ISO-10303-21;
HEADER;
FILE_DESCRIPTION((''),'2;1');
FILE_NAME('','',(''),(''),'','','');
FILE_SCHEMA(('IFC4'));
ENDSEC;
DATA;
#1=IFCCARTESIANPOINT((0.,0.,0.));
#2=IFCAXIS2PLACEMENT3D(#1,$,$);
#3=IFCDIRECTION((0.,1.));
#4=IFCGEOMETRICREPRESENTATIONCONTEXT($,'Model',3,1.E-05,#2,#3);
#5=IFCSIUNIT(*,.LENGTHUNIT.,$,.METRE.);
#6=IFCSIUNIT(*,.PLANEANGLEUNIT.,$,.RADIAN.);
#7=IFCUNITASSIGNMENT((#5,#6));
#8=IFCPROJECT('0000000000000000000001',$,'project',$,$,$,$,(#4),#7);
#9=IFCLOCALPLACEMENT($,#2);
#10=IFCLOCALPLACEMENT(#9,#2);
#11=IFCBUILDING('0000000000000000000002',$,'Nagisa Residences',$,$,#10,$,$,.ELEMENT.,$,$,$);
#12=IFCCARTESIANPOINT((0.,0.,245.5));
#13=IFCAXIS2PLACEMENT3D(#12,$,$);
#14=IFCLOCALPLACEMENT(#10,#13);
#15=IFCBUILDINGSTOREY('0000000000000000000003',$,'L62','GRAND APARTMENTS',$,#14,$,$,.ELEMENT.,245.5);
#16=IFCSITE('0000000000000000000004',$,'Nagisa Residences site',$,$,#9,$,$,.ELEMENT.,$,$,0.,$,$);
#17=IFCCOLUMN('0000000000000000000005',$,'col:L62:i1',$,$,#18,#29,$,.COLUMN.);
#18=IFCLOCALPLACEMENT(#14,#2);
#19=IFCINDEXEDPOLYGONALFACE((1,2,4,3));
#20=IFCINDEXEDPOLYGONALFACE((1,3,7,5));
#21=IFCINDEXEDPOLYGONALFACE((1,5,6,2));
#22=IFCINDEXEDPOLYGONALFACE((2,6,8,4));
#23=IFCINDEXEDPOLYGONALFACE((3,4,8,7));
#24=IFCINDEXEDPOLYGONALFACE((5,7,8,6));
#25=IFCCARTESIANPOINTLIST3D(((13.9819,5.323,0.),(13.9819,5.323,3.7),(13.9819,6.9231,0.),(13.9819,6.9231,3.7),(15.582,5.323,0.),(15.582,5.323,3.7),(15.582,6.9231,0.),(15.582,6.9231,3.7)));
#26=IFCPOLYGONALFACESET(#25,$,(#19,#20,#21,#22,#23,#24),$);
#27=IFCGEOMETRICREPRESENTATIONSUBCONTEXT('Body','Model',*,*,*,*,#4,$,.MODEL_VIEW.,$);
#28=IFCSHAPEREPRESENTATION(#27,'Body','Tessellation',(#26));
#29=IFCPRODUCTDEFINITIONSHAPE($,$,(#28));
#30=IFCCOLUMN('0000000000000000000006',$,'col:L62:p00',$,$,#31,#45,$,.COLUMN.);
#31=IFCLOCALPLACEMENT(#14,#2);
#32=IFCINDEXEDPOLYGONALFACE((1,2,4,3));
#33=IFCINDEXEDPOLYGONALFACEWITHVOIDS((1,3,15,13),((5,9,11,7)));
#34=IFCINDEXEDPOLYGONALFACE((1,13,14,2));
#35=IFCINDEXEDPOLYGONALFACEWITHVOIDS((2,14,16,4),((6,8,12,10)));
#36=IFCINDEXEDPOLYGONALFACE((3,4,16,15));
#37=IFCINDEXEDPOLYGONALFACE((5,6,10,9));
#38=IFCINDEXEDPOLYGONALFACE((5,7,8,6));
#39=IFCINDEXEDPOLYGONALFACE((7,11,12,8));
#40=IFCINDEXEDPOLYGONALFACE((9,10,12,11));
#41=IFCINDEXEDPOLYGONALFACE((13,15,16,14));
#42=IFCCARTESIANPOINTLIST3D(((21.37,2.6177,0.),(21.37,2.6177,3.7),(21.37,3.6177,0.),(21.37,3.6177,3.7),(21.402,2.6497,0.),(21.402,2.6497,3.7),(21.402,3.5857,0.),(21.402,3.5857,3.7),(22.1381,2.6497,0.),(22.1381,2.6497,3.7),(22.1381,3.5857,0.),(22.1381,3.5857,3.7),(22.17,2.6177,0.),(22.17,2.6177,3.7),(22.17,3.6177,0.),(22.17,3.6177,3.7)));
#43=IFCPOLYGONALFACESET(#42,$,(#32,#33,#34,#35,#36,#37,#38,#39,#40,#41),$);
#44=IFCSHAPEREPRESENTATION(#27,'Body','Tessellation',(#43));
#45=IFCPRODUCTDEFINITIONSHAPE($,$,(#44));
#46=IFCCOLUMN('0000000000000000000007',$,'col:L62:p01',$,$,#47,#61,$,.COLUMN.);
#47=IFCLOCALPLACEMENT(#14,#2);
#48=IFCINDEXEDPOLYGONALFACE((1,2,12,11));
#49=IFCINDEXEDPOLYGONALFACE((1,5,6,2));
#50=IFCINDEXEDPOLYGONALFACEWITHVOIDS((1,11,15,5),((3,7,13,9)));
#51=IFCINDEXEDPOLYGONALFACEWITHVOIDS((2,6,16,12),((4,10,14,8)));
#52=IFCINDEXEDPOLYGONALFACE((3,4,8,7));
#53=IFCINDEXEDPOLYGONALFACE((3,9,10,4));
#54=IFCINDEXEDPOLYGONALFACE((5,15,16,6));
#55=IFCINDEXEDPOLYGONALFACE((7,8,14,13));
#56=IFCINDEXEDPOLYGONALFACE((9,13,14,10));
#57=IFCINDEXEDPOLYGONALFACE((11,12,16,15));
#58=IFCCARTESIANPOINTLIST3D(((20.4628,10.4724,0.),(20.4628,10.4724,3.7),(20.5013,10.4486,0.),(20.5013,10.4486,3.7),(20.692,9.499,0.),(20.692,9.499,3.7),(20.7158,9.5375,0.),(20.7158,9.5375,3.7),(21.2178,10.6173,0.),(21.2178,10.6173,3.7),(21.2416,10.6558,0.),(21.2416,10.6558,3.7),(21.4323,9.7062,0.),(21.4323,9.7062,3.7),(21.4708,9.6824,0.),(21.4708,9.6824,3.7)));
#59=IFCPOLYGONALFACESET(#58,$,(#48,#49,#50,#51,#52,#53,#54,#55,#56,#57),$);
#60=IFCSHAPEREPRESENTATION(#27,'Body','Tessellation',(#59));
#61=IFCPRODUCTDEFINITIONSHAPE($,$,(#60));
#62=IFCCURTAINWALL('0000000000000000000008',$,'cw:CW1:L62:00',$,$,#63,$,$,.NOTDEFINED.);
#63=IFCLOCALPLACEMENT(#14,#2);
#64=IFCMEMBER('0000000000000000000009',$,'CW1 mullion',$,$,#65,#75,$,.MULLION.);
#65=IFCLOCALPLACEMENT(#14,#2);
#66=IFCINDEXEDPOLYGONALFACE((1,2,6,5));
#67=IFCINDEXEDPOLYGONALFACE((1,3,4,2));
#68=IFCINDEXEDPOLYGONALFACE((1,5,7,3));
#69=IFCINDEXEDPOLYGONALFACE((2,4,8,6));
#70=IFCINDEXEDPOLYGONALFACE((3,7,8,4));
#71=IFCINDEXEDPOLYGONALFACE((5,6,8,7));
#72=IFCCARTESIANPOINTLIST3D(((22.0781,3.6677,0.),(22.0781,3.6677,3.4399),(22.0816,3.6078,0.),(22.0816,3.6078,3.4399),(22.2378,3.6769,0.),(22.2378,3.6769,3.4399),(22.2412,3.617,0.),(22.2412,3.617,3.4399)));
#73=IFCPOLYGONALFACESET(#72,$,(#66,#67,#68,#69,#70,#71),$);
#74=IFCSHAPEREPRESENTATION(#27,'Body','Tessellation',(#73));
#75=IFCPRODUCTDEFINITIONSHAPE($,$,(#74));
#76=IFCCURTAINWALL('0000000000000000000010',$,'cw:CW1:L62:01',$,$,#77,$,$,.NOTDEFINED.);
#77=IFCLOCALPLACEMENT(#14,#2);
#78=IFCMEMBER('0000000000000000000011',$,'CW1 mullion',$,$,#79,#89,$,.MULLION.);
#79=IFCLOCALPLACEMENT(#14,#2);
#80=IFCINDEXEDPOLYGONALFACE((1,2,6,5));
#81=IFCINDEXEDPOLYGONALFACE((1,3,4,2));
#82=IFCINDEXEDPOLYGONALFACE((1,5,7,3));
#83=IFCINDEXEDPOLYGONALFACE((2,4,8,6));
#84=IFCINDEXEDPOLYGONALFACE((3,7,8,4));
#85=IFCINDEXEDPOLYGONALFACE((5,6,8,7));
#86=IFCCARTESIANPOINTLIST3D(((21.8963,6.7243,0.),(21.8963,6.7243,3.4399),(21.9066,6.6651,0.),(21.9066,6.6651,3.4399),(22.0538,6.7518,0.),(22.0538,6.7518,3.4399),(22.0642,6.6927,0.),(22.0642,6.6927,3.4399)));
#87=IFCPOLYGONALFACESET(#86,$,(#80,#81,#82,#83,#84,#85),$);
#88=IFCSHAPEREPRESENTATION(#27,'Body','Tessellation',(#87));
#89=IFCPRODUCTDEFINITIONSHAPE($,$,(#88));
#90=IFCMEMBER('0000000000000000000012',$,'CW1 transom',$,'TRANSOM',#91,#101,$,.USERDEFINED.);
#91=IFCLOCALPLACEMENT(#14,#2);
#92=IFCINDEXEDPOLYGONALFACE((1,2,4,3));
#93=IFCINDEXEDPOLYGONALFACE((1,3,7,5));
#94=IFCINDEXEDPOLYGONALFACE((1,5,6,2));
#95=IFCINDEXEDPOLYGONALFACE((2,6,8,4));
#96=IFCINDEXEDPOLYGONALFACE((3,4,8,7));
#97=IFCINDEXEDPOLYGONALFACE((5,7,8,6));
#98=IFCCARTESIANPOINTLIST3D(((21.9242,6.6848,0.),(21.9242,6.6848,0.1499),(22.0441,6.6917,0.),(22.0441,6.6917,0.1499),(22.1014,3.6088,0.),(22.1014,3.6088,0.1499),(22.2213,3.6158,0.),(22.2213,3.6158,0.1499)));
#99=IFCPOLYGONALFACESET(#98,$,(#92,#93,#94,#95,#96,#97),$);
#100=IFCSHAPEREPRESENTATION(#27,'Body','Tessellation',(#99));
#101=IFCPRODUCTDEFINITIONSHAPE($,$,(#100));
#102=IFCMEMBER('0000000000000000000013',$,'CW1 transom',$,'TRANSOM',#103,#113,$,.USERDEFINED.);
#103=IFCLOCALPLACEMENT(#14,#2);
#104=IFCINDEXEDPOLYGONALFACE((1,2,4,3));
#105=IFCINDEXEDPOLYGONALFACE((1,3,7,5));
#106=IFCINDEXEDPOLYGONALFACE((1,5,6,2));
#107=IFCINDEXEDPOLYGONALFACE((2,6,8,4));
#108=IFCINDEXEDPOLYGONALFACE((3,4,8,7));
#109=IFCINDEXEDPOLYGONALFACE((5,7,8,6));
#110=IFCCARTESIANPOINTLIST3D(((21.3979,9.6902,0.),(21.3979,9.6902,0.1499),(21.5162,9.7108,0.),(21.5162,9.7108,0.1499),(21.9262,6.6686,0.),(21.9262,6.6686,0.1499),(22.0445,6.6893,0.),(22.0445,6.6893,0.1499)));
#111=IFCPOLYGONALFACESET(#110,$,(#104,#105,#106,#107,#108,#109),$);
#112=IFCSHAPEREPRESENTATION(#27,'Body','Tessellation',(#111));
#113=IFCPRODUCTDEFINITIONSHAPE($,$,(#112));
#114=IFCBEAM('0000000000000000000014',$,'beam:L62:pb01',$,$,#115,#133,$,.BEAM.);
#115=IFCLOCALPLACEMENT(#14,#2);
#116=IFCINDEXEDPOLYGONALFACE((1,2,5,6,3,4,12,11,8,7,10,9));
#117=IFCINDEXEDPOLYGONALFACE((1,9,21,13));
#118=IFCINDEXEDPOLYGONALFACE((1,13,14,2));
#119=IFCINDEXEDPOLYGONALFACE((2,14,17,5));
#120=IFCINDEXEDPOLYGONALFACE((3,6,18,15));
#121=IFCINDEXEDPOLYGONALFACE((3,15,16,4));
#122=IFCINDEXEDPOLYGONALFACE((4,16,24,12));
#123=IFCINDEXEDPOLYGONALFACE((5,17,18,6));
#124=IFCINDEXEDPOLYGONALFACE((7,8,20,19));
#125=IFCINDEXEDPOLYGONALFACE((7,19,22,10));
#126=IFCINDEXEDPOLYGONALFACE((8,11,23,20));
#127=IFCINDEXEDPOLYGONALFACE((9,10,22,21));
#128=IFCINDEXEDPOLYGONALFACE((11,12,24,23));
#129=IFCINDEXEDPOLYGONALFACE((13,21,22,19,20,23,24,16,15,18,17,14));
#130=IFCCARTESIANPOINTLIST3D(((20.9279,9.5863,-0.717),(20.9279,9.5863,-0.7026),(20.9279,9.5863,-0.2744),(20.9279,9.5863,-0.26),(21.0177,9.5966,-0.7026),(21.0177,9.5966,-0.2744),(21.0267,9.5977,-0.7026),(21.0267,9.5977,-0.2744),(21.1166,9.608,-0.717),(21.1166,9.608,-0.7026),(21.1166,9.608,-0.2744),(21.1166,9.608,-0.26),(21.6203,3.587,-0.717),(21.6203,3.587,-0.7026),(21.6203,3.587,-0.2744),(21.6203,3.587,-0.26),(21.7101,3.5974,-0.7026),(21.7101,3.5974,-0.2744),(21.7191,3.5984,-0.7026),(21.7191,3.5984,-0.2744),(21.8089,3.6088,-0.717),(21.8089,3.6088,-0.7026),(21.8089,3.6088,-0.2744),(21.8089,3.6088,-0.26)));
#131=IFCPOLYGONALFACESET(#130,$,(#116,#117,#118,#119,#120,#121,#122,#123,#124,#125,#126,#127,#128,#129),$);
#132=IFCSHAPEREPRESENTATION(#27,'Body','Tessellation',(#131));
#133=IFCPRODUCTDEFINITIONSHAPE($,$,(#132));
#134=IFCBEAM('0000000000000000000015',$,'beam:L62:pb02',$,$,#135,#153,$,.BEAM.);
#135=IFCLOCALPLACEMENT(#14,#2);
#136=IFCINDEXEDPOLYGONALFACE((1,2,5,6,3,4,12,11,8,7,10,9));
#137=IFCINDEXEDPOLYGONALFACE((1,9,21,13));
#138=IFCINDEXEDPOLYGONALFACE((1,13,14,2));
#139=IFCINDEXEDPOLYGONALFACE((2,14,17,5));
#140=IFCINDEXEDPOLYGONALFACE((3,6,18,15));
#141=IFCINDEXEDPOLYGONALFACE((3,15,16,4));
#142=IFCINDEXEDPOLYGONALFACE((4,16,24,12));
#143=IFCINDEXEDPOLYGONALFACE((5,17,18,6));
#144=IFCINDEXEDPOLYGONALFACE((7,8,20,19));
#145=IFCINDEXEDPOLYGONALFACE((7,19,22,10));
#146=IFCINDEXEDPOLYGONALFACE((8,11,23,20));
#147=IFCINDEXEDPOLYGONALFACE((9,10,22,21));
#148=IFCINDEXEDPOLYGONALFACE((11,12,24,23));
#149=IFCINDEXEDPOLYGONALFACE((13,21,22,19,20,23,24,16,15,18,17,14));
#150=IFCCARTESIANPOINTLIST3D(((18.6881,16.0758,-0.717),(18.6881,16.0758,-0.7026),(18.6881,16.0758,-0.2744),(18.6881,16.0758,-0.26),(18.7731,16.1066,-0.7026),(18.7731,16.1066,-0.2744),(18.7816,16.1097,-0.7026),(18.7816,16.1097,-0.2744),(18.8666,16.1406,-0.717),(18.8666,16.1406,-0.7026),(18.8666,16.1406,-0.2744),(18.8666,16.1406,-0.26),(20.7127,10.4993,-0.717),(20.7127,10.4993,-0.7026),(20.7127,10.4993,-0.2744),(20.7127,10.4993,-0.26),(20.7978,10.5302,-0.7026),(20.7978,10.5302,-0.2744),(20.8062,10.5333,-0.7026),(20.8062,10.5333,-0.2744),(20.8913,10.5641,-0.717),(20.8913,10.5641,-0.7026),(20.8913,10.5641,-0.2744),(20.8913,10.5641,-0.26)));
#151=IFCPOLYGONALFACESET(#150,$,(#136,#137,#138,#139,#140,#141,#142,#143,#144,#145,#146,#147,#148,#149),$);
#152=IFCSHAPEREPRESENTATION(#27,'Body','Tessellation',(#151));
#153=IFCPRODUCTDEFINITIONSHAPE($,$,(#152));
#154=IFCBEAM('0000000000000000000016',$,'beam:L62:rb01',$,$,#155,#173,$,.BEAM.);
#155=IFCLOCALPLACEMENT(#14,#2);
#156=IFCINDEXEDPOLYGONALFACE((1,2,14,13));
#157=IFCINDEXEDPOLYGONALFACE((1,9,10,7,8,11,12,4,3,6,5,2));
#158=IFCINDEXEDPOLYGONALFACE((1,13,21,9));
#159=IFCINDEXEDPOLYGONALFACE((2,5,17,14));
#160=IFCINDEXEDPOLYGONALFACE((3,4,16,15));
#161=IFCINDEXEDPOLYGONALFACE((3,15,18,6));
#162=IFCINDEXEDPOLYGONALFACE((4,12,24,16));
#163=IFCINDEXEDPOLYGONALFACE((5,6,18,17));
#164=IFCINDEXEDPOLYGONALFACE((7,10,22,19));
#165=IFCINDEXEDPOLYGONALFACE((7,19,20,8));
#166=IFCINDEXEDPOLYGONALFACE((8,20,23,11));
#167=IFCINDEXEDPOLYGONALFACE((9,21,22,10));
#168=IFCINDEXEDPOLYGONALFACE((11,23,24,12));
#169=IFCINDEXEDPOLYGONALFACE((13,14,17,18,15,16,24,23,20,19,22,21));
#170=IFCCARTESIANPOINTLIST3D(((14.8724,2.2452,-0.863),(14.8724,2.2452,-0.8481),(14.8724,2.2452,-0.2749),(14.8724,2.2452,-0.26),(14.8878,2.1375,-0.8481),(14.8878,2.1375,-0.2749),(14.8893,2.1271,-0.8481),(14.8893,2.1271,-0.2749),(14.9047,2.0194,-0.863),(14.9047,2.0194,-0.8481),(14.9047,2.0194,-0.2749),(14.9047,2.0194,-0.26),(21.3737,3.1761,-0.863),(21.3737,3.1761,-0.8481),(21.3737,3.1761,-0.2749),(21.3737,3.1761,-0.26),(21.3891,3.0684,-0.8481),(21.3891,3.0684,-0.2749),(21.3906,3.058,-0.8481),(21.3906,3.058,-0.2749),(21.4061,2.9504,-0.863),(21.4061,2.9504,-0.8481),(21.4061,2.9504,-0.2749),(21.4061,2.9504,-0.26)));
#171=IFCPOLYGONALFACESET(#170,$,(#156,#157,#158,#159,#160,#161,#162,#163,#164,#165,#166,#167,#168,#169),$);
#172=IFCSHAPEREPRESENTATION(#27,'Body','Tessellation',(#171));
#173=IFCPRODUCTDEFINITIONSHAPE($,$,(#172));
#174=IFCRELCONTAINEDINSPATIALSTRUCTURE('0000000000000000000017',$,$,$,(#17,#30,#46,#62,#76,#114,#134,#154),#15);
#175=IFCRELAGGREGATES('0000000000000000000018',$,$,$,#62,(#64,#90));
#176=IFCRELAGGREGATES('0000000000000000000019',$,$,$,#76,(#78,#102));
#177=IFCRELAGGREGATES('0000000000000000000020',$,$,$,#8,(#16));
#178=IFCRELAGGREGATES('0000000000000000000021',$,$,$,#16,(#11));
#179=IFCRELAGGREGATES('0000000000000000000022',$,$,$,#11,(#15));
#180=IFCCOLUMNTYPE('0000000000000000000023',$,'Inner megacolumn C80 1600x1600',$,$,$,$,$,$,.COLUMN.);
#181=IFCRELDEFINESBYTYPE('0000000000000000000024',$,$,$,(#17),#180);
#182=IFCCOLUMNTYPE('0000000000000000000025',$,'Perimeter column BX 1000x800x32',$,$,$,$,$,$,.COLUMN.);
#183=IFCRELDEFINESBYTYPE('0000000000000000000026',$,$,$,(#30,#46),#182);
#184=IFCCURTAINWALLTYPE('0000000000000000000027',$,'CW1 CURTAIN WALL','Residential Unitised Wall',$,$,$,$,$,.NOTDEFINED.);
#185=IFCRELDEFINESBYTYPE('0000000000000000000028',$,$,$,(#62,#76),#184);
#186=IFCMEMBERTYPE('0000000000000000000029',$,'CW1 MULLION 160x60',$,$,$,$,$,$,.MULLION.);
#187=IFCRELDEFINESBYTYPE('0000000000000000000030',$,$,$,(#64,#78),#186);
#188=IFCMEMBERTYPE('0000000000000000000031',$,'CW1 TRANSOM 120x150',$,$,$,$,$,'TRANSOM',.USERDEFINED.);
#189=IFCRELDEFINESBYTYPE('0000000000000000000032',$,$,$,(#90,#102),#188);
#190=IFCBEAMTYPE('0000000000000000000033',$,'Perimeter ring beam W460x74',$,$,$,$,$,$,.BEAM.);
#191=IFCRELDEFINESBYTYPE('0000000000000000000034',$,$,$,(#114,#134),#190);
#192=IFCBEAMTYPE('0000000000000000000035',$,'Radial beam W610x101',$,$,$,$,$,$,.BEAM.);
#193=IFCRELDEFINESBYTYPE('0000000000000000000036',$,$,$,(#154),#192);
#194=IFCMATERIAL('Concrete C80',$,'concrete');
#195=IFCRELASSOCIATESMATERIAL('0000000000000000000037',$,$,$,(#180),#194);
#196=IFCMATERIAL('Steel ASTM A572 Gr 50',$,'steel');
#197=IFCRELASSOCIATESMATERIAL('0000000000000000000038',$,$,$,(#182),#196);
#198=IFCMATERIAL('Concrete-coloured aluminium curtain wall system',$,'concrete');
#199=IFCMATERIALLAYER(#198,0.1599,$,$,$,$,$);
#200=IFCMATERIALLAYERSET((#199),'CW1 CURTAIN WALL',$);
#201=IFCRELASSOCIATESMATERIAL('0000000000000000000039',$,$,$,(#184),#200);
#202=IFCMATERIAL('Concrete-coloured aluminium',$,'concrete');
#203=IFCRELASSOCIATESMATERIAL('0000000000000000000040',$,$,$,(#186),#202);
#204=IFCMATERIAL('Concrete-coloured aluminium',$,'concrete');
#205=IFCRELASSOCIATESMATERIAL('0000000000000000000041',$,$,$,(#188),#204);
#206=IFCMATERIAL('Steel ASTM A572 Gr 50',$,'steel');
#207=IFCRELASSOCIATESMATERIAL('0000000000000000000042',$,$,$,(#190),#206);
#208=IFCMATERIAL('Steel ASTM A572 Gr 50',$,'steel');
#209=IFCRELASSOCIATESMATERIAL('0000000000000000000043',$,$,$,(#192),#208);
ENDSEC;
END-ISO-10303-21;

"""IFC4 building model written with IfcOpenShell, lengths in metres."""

from ifc_helpers import new_model, si_unit, direction, frame, origin, origin_2d, place, context, subcontext, project, spatial, rectangle, hollow_rectangle, i_section, extrude, material, layer, layer_set, material_profile, profile_set, type_object, element, aggregate, save


model = new_model("IFC4")

# Units and contexts
model_context = context("Model", 3, precision=1e-05, world=origin(), true_north=direction((0.0, 1.0)))
body_context = subcontext(model_context, "Body", "Model", "MODEL_VIEW")
ifc_project = project(units=[si_unit("LENGTHUNIT", "METRE"), si_unit("PLANEANGLEUNIT", "RADIAN")], contexts=[model_context])

# Site, building, storey
site_placement = place(None, origin())
site = spatial("IfcSite", under=ifc_project, at=site_placement, Name="Nagisa Residences site", CompositionType="ELEMENT", RefElevation=0.0)
building_placement = place(site_placement, origin())
building = spatial("IfcBuilding", under=site, at=building_placement, Name="Nagisa Residences", CompositionType="ELEMENT")
storey_placement = place(building_placement, frame((0.0, 0.0, 245.5)))
storey = spatial("IfcBuildingStorey", under=building, at=storey_placement, Name="L62", Description="GRAND APARTMENTS", CompositionType="ELEMENT", Elevation=245.5)

# Columns
ifc_material_1 = material(Name="Concrete C80", Category="concrete")
ifc_material_profile_1 = material_profile(ifc_material_1, rectangle(XDim=1.6001, YDim=1.6001, at=origin_2d()), Name="C80 1600x1600")
ifc_profile_set_1 = profile_set([ifc_material_profile_1], Name="Concrete C80")
column_type_1 = type_object("IfcColumnType", Name="Inner megacolumn C80 1600x1600", PredefinedType="COLUMN", material=ifc_profile_set_1)
column_placement = place(storey_placement, frame((14.782, 6.123, 0.0), z_axis=(0.0, 0.0, 1.0), x_axis=(1.0, 0.0, 0.0)))
element("IfcColumn", 1, at=column_placement, inside=storey, type_object=column_type_1, Name="col:L62:i1", PredefinedType="COLUMN", context=body_context, shape_type="SweptSolid", body=[
    extrude(rectangle(XDim=1.6001, YDim=1.6001, at=origin_2d()), origin(), (0.0, 0.0, 1.0), 3.7),
])
ifc_material_2 = material(Name="Steel ASTM A572 Gr 50", Category="steel")
ifc_material_profile_2 = material_profile(ifc_material_2, hollow_rectangle(XDim=1.0, YDim=0.8, WallThickness=0.032, at=origin_2d()), Name="BX 1000x800x32")
ifc_profile_set_2 = profile_set([ifc_material_profile_2], Name="Steel ASTM A572 Gr 50")
column_type_2 = type_object("IfcColumnType", Name="Perimeter column BX 1000x800x32", PredefinedType="COLUMN", material=ifc_profile_set_2)
for number, where, z_axis, x_axis, name in (
    (2, (21.77, 3.1177, 0.0), (0.0, 0.0, 1.0), (0.0, 1.0, 0.0), "col:L62:p00"),
    (3, (20.9668, 10.0774, 0.0), (0.0, 0.0, 1.0), (-0.229202, 0.973379, 0.0), "col:L62:p01"),
):
    element("IfcColumn", number, at=place(storey_placement, frame(where, z_axis=z_axis, x_axis=x_axis)), inside=storey, type_object=column_type_2, Name=name, PredefinedType="COLUMN", context=body_context, shape_type="SweptSolid", body=[
        extrude(hollow_rectangle(XDim=1.0, YDim=0.8, WallThickness=0.032, at=origin_2d()), origin(), (0.0, 0.0, 1.0), 3.7),
    ])

# Curtain walls, members
ifc_material_3 = material(Name="Concrete-coloured aluminium curtain wall system", Category="concrete")
ifc_layer_1 = layer(ifc_material_3, 0.1599)
ifc_layer_set_1 = layer_set([ifc_layer_1], Name="CW1 CURTAIN WALL")
curtain_wall_type = type_object("IfcCurtainWallType", Name="CW1 CURTAIN WALL", Description="Residential Unitised Wall", PredefinedType="NOTDEFINED", material=ifc_layer_set_1)
curtain_wall_1_placement = place(storey_placement, origin())
curtain_wall_1 = element("IfcCurtainWall", 4, at=curtain_wall_1_placement, inside=storey, type_object=curtain_wall_type, Name="cw:CW1:L62:00", PredefinedType="NOTDEFINED")
ifc_material_4 = material(Name="Concrete-coloured aluminium", Category="concrete")
ifc_material_profile_3 = material_profile(ifc_material_4, rectangle(XDim=0.1599, YDim=0.0601, at=origin_2d()), Name="CW1 MULLION 160x60")
ifc_profile_set_3 = profile_set([ifc_material_profile_3], Name="Concrete-coloured aluminium")
member_type_1 = type_object("IfcMemberType", Name="CW1 MULLION 160x60", PredefinedType="MULLION", material=ifc_profile_set_3)
member_1_placement = place(storey_placement, frame((22.1597, 3.6423, 0.0), z_axis=(0.0, 0.0, 1.0), x_axis=(-0.998345, -0.057503, 0.0)))
member_1 = element("IfcMember", 5, at=member_1_placement, type_object=member_type_1, Name="CW1 mullion", PredefinedType="MULLION", context=body_context, shape_type="SweptSolid", body=[
    extrude(rectangle(XDim=0.1599, YDim=0.0601, at=origin_2d()), origin(), (0.0, 0.0, 1.0), 3.4399),
])
curtain_wall_2_placement = place(storey_placement, origin())
curtain_wall_2 = element("IfcCurtainWall", 6, at=curtain_wall_2_placement, inside=storey, type_object=curtain_wall_type, Name="cw:CW1:L62:01", PredefinedType="NOTDEFINED")
member_2_placement = place(storey_placement, frame((21.9802, 6.7085, 0.0), z_axis=(0.0, 0.0, 1.0), x_axis=(-0.985064, -0.172191, 0.0)))
member_2 = element("IfcMember", 7, at=member_2_placement, type_object=member_type_1, Name="CW1 mullion", PredefinedType="MULLION", context=body_context, shape_type="SweptSolid", body=[
    extrude(rectangle(XDim=0.1599, YDim=0.0601, at=origin_2d()), origin(), (0.0, 0.0, 1.0), 3.4399),
])

# Members
ifc_material_5 = material(Name="Concrete-coloured aluminium", Category="concrete")
ifc_material_profile_4 = material_profile(ifc_material_5, rectangle(XDim=0.1201, YDim=0.1499, at=origin_2d()), Name="CW1 TRANSOM 120x150")
ifc_profile_set_4 = profile_set([ifc_material_profile_4], Name="Concrete-coloured aluminium")
member_type_2 = type_object("IfcMemberType", Name="CW1 TRANSOM 120x150", ElementType="TRANSOM", PredefinedType="USERDEFINED", material=ifc_profile_set_4)
member_3_placement = place(storey_placement, frame((22.1614, 3.6123, 0.075), z_axis=(-0.057528, 0.998344, 0.0), x_axis=(-0.998344, -0.057528, 0.0)))
member_3 = element("IfcMember", 8, at=member_3_placement, type_object=member_type_2, Name="CW1 transom", ObjectType="TRANSOM", PredefinedType="USERDEFINED", context=body_context, shape_type="SweptSolid", body=[
    extrude(rectangle(XDim=0.1201, YDim=0.1499, at=origin_2d()), origin(), (0.0, 0.0, 1.0), 3.0811),
])
member_4_placement = place(storey_placement, frame((21.9854, 6.679, 0.075), z_axis=(-0.172241, 0.985055, 0.0), x_axis=(-0.985055, -0.172241, 0.0)))
member_4 = element("IfcMember", 9, at=member_4_placement, type_object=member_type_2, Name="CW1 transom", ObjectType="TRANSOM", PredefinedType="USERDEFINED", context=body_context, shape_type="SweptSolid", body=[
    extrude(rectangle(XDim=0.1201, YDim=0.1499, at=origin_2d()), origin(), (0.0, 0.0, 1.0), 3.0674),
])

# Beams
ifc_material_6 = material(Name="Steel ASTM A572 Gr 50", Category="steel")
ifc_material_profile_5 = material_profile(ifc_material_6, i_section(OverallWidth=0.1899, OverallDepth=0.457, WebThickness=0.009, FlangeThickness=0.0144, at=origin_2d()), Name="W460x74")
ifc_profile_set_5 = profile_set([ifc_material_profile_5], Name="Steel ASTM A572 Gr 50")
beam_type_1 = type_object("IfcBeamType", Name="Perimeter ring beam W460x74", PredefinedType="BEAM", material=ifc_profile_set_5)
beam_1_placement = place(storey_placement, frame((21.7146, 3.5979, -0.4885), z_axis=(-0.11465, 0.993406, 0.0), x_axis=(-0.993406, -0.11465, 0.0)))
element("IfcBeam", 10, at=beam_1_placement, inside=storey, type_object=beam_type_1, Name="beam:L62:pb01", PredefinedType="BEAM", context=body_context, shape_type="SweptSolid", body=[
    extrude(i_section(OverallWidth=0.1899, OverallDepth=0.457, WebThickness=0.009, FlangeThickness=0.0144, at=origin_2d()), origin(), (0.0, 0.0, 1.0), 6.0391),
])
beam_2_placement = place(storey_placement, frame((20.802, 10.5317, -0.4885), z_axis=(-0.341277, 0.939963, 0.0), x_axis=(-0.939963, -0.341277, 0.0)))
element("IfcBeam", 11, at=beam_2_placement, inside=storey, type_object=beam_type_1, Name="beam:L62:pb02", PredefinedType="BEAM", context=body_context, shape_type="SweptSolid", body=[
    extrude(i_section(OverallWidth=0.1899, OverallDepth=0.457, WebThickness=0.009, FlangeThickness=0.0144, at=origin_2d()), origin(), (0.0, 0.0, 1.0), 5.9326),
])
ifc_material_7 = material(Name="Steel ASTM A572 Gr 50", Category="steel")
ifc_material_profile_6 = material_profile(ifc_material_7, i_section(OverallWidth=0.228, OverallDepth=0.603, WebThickness=0.0105, FlangeThickness=0.0149, at=origin_2d()), Name="W610x101")
ifc_profile_set_6 = profile_set([ifc_material_profile_6], Name="Steel ASTM A572 Gr 50")
beam_type_2 = type_object("IfcBeamType", Name="Radial beam W610x101", PredefinedType="BEAM", material=ifc_profile_set_6)
beam_3_placement = place(storey_placement, frame((21.3899, 3.0632, -0.5615), z_axis=(-0.989903, -0.141744, 0.0), x_axis=(0.141744, -0.989903, 0.0)))
element("IfcBeam", 12, at=beam_3_placement, inside=storey, type_object=beam_type_2, Name="beam:L62:rb01", PredefinedType="BEAM", context=body_context, shape_type="SweptSolid", body=[
    extrude(i_section(OverallWidth=0.228, OverallDepth=0.603, WebThickness=0.0105, FlangeThickness=0.0149, at=origin_2d()), origin(), (0.0, 0.0, 1.0), 6.5676),
])

aggregate(curtain_wall_1, [member_1, member_3])
aggregate(curtain_wall_2, [member_2, member_4])

save(model, "model.ifc")
